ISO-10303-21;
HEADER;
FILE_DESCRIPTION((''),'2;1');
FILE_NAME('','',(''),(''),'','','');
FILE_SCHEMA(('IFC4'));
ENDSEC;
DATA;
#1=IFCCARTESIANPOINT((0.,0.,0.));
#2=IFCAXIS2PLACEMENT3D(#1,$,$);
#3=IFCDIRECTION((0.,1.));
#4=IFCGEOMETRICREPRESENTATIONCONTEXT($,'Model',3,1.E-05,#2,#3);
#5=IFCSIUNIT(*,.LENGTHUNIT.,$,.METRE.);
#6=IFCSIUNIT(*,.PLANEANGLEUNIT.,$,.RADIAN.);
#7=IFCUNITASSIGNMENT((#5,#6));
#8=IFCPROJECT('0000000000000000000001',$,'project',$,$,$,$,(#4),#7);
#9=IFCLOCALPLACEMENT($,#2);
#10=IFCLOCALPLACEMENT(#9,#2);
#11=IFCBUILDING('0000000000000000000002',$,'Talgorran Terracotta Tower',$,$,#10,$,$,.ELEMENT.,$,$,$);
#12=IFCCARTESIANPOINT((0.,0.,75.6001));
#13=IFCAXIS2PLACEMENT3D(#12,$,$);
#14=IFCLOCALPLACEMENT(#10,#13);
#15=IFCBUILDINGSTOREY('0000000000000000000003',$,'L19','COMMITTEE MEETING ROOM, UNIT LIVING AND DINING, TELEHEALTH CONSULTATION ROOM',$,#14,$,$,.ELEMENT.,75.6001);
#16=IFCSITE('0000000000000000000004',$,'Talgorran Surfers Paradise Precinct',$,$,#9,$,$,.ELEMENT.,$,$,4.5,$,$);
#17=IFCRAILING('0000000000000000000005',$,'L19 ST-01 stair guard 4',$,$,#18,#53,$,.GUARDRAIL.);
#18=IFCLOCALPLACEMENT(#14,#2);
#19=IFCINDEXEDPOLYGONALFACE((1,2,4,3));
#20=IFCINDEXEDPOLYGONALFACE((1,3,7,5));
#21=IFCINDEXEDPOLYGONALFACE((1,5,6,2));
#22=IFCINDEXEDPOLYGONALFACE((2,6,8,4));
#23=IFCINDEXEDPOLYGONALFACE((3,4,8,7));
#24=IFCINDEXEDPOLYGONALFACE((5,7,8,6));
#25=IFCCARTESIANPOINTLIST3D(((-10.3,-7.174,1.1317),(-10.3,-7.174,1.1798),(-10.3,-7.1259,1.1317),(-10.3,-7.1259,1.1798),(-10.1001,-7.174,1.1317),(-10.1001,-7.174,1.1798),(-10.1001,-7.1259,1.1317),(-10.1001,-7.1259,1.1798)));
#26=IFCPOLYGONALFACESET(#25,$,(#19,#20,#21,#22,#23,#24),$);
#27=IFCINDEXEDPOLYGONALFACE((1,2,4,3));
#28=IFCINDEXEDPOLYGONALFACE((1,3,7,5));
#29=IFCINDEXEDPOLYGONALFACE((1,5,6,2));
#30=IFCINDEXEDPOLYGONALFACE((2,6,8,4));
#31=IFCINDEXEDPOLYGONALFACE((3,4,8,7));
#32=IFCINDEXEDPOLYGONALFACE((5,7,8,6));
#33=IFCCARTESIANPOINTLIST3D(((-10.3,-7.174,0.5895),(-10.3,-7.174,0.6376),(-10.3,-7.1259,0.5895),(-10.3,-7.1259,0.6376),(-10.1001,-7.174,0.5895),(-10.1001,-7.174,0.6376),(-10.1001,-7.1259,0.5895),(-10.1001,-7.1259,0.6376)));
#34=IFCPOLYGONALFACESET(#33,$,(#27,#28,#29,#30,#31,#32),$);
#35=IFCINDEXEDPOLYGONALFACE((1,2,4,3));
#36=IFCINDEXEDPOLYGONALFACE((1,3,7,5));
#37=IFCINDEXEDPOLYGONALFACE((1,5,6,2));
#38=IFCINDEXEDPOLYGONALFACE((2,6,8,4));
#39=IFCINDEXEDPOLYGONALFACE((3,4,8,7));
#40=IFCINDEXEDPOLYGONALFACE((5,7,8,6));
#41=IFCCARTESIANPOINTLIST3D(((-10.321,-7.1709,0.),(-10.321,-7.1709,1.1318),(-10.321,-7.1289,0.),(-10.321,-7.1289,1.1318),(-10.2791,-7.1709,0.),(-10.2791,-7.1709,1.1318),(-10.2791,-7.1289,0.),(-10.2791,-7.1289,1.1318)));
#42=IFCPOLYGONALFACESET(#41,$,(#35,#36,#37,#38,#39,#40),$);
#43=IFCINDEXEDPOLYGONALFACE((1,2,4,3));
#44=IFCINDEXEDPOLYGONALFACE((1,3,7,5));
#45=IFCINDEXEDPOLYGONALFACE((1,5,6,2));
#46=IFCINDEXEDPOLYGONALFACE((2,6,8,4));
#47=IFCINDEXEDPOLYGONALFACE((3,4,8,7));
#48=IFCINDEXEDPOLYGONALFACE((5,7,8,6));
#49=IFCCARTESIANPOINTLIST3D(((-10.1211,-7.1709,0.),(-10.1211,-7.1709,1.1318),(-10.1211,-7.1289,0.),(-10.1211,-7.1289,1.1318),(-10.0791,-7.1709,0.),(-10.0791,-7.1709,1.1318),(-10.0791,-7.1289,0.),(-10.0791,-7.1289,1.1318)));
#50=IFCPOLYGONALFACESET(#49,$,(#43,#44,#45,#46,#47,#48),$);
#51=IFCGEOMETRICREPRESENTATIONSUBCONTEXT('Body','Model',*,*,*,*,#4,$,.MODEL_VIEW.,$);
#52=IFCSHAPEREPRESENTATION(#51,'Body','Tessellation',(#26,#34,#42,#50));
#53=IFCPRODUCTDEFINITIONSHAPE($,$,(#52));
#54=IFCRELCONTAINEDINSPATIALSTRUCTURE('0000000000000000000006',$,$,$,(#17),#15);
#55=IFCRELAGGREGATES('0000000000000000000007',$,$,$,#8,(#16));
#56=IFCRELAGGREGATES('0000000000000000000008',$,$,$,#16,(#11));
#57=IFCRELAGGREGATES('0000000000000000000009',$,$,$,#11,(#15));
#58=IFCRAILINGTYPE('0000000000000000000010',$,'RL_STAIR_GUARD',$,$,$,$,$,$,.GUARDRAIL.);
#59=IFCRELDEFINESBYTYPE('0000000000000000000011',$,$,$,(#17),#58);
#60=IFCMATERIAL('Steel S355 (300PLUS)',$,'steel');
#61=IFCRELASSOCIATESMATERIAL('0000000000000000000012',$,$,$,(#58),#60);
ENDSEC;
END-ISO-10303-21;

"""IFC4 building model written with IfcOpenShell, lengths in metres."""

from ifc_helpers import new_model, si_unit, direction, frame, origin, origin_2d, place, context, subcontext, project, spatial, rectangle, extrude, material, type_object, element, save


model = new_model("IFC4")

# Units and contexts
model_context = context("Model", 3, precision=1e-05, world=origin(), true_north=direction((0.0, 1.0)))
body_context = subcontext(model_context, "Body", "Model", "MODEL_VIEW")
ifc_project = project(units=[si_unit("LENGTHUNIT", "METRE"), si_unit("PLANEANGLEUNIT", "RADIAN")], contexts=[model_context])

# Site, building, storey
site_placement = place(None, origin())
site = spatial("IfcSite", under=ifc_project, at=site_placement, Name="Talgorran Surfers Paradise Precinct", CompositionType="ELEMENT", RefElevation=4.5)
building_placement = place(site_placement, origin())
building = spatial("IfcBuilding", under=site, at=building_placement, Name="Talgorran Terracotta Tower", CompositionType="ELEMENT")
storey_placement = place(building_placement, frame((0.0, 0.0, 75.6001)))
storey = spatial("IfcBuildingStorey", under=building, at=storey_placement, Name="L19", Description="COMMITTEE MEETING ROOM, UNIT LIVING AND DINING, TELEHEALTH CONSULTATION ROOM", CompositionType="ELEMENT", Elevation=75.6001)

# Shared definitions
ifc_material_1 = material(Name="Steel S355 (300PLUS)", Category="steel")

# Railing
railing_type_1 = type_object("IfcRailingType", Name="RL_STAIR_GUARD", PredefinedType="GUARDRAIL", material=ifc_material_1)
railing_1_placement = place(storey_placement, frame((-10.3, -7.1499, 0.0)))
element("IfcRailing", 1, at=railing_1_placement, inside=storey, type_object=railing_type_1, Name="L19 ST-01 stair guard 4", PredefinedType="GUARDRAIL", context=body_context, shape_type="SweptSolid", body=[
    extrude(rectangle(XDim=0.0481, YDim=0.0481, at=origin_2d()), frame((0.0, 0.0, 1.1558), z_axis=(1.0, 0.0, 0.0), x_axis=(0.0, 1.0, 0.0)), (0.0, 0.0, 1.0), 0.2),
    extrude(rectangle(XDim=0.0481, YDim=0.0481, at=origin_2d()), frame((0.0, 0.0, 0.6135), z_axis=(1.0, 0.0, 0.0), x_axis=(0.0, 1.0, 0.0)), (0.0, 0.0, 1.0), 0.2),
    extrude(rectangle(XDim=0.042, YDim=0.042, at=origin_2d()), origin(), (0.0, 0.0, 1.0), 1.1318),
    extrude(rectangle(XDim=0.042, YDim=0.042, at=origin_2d()), frame((0.2, 0.0, 0.0)), (0.0, 0.0, 1.0), 1.1318),
])

save(model, "model.ifc")
